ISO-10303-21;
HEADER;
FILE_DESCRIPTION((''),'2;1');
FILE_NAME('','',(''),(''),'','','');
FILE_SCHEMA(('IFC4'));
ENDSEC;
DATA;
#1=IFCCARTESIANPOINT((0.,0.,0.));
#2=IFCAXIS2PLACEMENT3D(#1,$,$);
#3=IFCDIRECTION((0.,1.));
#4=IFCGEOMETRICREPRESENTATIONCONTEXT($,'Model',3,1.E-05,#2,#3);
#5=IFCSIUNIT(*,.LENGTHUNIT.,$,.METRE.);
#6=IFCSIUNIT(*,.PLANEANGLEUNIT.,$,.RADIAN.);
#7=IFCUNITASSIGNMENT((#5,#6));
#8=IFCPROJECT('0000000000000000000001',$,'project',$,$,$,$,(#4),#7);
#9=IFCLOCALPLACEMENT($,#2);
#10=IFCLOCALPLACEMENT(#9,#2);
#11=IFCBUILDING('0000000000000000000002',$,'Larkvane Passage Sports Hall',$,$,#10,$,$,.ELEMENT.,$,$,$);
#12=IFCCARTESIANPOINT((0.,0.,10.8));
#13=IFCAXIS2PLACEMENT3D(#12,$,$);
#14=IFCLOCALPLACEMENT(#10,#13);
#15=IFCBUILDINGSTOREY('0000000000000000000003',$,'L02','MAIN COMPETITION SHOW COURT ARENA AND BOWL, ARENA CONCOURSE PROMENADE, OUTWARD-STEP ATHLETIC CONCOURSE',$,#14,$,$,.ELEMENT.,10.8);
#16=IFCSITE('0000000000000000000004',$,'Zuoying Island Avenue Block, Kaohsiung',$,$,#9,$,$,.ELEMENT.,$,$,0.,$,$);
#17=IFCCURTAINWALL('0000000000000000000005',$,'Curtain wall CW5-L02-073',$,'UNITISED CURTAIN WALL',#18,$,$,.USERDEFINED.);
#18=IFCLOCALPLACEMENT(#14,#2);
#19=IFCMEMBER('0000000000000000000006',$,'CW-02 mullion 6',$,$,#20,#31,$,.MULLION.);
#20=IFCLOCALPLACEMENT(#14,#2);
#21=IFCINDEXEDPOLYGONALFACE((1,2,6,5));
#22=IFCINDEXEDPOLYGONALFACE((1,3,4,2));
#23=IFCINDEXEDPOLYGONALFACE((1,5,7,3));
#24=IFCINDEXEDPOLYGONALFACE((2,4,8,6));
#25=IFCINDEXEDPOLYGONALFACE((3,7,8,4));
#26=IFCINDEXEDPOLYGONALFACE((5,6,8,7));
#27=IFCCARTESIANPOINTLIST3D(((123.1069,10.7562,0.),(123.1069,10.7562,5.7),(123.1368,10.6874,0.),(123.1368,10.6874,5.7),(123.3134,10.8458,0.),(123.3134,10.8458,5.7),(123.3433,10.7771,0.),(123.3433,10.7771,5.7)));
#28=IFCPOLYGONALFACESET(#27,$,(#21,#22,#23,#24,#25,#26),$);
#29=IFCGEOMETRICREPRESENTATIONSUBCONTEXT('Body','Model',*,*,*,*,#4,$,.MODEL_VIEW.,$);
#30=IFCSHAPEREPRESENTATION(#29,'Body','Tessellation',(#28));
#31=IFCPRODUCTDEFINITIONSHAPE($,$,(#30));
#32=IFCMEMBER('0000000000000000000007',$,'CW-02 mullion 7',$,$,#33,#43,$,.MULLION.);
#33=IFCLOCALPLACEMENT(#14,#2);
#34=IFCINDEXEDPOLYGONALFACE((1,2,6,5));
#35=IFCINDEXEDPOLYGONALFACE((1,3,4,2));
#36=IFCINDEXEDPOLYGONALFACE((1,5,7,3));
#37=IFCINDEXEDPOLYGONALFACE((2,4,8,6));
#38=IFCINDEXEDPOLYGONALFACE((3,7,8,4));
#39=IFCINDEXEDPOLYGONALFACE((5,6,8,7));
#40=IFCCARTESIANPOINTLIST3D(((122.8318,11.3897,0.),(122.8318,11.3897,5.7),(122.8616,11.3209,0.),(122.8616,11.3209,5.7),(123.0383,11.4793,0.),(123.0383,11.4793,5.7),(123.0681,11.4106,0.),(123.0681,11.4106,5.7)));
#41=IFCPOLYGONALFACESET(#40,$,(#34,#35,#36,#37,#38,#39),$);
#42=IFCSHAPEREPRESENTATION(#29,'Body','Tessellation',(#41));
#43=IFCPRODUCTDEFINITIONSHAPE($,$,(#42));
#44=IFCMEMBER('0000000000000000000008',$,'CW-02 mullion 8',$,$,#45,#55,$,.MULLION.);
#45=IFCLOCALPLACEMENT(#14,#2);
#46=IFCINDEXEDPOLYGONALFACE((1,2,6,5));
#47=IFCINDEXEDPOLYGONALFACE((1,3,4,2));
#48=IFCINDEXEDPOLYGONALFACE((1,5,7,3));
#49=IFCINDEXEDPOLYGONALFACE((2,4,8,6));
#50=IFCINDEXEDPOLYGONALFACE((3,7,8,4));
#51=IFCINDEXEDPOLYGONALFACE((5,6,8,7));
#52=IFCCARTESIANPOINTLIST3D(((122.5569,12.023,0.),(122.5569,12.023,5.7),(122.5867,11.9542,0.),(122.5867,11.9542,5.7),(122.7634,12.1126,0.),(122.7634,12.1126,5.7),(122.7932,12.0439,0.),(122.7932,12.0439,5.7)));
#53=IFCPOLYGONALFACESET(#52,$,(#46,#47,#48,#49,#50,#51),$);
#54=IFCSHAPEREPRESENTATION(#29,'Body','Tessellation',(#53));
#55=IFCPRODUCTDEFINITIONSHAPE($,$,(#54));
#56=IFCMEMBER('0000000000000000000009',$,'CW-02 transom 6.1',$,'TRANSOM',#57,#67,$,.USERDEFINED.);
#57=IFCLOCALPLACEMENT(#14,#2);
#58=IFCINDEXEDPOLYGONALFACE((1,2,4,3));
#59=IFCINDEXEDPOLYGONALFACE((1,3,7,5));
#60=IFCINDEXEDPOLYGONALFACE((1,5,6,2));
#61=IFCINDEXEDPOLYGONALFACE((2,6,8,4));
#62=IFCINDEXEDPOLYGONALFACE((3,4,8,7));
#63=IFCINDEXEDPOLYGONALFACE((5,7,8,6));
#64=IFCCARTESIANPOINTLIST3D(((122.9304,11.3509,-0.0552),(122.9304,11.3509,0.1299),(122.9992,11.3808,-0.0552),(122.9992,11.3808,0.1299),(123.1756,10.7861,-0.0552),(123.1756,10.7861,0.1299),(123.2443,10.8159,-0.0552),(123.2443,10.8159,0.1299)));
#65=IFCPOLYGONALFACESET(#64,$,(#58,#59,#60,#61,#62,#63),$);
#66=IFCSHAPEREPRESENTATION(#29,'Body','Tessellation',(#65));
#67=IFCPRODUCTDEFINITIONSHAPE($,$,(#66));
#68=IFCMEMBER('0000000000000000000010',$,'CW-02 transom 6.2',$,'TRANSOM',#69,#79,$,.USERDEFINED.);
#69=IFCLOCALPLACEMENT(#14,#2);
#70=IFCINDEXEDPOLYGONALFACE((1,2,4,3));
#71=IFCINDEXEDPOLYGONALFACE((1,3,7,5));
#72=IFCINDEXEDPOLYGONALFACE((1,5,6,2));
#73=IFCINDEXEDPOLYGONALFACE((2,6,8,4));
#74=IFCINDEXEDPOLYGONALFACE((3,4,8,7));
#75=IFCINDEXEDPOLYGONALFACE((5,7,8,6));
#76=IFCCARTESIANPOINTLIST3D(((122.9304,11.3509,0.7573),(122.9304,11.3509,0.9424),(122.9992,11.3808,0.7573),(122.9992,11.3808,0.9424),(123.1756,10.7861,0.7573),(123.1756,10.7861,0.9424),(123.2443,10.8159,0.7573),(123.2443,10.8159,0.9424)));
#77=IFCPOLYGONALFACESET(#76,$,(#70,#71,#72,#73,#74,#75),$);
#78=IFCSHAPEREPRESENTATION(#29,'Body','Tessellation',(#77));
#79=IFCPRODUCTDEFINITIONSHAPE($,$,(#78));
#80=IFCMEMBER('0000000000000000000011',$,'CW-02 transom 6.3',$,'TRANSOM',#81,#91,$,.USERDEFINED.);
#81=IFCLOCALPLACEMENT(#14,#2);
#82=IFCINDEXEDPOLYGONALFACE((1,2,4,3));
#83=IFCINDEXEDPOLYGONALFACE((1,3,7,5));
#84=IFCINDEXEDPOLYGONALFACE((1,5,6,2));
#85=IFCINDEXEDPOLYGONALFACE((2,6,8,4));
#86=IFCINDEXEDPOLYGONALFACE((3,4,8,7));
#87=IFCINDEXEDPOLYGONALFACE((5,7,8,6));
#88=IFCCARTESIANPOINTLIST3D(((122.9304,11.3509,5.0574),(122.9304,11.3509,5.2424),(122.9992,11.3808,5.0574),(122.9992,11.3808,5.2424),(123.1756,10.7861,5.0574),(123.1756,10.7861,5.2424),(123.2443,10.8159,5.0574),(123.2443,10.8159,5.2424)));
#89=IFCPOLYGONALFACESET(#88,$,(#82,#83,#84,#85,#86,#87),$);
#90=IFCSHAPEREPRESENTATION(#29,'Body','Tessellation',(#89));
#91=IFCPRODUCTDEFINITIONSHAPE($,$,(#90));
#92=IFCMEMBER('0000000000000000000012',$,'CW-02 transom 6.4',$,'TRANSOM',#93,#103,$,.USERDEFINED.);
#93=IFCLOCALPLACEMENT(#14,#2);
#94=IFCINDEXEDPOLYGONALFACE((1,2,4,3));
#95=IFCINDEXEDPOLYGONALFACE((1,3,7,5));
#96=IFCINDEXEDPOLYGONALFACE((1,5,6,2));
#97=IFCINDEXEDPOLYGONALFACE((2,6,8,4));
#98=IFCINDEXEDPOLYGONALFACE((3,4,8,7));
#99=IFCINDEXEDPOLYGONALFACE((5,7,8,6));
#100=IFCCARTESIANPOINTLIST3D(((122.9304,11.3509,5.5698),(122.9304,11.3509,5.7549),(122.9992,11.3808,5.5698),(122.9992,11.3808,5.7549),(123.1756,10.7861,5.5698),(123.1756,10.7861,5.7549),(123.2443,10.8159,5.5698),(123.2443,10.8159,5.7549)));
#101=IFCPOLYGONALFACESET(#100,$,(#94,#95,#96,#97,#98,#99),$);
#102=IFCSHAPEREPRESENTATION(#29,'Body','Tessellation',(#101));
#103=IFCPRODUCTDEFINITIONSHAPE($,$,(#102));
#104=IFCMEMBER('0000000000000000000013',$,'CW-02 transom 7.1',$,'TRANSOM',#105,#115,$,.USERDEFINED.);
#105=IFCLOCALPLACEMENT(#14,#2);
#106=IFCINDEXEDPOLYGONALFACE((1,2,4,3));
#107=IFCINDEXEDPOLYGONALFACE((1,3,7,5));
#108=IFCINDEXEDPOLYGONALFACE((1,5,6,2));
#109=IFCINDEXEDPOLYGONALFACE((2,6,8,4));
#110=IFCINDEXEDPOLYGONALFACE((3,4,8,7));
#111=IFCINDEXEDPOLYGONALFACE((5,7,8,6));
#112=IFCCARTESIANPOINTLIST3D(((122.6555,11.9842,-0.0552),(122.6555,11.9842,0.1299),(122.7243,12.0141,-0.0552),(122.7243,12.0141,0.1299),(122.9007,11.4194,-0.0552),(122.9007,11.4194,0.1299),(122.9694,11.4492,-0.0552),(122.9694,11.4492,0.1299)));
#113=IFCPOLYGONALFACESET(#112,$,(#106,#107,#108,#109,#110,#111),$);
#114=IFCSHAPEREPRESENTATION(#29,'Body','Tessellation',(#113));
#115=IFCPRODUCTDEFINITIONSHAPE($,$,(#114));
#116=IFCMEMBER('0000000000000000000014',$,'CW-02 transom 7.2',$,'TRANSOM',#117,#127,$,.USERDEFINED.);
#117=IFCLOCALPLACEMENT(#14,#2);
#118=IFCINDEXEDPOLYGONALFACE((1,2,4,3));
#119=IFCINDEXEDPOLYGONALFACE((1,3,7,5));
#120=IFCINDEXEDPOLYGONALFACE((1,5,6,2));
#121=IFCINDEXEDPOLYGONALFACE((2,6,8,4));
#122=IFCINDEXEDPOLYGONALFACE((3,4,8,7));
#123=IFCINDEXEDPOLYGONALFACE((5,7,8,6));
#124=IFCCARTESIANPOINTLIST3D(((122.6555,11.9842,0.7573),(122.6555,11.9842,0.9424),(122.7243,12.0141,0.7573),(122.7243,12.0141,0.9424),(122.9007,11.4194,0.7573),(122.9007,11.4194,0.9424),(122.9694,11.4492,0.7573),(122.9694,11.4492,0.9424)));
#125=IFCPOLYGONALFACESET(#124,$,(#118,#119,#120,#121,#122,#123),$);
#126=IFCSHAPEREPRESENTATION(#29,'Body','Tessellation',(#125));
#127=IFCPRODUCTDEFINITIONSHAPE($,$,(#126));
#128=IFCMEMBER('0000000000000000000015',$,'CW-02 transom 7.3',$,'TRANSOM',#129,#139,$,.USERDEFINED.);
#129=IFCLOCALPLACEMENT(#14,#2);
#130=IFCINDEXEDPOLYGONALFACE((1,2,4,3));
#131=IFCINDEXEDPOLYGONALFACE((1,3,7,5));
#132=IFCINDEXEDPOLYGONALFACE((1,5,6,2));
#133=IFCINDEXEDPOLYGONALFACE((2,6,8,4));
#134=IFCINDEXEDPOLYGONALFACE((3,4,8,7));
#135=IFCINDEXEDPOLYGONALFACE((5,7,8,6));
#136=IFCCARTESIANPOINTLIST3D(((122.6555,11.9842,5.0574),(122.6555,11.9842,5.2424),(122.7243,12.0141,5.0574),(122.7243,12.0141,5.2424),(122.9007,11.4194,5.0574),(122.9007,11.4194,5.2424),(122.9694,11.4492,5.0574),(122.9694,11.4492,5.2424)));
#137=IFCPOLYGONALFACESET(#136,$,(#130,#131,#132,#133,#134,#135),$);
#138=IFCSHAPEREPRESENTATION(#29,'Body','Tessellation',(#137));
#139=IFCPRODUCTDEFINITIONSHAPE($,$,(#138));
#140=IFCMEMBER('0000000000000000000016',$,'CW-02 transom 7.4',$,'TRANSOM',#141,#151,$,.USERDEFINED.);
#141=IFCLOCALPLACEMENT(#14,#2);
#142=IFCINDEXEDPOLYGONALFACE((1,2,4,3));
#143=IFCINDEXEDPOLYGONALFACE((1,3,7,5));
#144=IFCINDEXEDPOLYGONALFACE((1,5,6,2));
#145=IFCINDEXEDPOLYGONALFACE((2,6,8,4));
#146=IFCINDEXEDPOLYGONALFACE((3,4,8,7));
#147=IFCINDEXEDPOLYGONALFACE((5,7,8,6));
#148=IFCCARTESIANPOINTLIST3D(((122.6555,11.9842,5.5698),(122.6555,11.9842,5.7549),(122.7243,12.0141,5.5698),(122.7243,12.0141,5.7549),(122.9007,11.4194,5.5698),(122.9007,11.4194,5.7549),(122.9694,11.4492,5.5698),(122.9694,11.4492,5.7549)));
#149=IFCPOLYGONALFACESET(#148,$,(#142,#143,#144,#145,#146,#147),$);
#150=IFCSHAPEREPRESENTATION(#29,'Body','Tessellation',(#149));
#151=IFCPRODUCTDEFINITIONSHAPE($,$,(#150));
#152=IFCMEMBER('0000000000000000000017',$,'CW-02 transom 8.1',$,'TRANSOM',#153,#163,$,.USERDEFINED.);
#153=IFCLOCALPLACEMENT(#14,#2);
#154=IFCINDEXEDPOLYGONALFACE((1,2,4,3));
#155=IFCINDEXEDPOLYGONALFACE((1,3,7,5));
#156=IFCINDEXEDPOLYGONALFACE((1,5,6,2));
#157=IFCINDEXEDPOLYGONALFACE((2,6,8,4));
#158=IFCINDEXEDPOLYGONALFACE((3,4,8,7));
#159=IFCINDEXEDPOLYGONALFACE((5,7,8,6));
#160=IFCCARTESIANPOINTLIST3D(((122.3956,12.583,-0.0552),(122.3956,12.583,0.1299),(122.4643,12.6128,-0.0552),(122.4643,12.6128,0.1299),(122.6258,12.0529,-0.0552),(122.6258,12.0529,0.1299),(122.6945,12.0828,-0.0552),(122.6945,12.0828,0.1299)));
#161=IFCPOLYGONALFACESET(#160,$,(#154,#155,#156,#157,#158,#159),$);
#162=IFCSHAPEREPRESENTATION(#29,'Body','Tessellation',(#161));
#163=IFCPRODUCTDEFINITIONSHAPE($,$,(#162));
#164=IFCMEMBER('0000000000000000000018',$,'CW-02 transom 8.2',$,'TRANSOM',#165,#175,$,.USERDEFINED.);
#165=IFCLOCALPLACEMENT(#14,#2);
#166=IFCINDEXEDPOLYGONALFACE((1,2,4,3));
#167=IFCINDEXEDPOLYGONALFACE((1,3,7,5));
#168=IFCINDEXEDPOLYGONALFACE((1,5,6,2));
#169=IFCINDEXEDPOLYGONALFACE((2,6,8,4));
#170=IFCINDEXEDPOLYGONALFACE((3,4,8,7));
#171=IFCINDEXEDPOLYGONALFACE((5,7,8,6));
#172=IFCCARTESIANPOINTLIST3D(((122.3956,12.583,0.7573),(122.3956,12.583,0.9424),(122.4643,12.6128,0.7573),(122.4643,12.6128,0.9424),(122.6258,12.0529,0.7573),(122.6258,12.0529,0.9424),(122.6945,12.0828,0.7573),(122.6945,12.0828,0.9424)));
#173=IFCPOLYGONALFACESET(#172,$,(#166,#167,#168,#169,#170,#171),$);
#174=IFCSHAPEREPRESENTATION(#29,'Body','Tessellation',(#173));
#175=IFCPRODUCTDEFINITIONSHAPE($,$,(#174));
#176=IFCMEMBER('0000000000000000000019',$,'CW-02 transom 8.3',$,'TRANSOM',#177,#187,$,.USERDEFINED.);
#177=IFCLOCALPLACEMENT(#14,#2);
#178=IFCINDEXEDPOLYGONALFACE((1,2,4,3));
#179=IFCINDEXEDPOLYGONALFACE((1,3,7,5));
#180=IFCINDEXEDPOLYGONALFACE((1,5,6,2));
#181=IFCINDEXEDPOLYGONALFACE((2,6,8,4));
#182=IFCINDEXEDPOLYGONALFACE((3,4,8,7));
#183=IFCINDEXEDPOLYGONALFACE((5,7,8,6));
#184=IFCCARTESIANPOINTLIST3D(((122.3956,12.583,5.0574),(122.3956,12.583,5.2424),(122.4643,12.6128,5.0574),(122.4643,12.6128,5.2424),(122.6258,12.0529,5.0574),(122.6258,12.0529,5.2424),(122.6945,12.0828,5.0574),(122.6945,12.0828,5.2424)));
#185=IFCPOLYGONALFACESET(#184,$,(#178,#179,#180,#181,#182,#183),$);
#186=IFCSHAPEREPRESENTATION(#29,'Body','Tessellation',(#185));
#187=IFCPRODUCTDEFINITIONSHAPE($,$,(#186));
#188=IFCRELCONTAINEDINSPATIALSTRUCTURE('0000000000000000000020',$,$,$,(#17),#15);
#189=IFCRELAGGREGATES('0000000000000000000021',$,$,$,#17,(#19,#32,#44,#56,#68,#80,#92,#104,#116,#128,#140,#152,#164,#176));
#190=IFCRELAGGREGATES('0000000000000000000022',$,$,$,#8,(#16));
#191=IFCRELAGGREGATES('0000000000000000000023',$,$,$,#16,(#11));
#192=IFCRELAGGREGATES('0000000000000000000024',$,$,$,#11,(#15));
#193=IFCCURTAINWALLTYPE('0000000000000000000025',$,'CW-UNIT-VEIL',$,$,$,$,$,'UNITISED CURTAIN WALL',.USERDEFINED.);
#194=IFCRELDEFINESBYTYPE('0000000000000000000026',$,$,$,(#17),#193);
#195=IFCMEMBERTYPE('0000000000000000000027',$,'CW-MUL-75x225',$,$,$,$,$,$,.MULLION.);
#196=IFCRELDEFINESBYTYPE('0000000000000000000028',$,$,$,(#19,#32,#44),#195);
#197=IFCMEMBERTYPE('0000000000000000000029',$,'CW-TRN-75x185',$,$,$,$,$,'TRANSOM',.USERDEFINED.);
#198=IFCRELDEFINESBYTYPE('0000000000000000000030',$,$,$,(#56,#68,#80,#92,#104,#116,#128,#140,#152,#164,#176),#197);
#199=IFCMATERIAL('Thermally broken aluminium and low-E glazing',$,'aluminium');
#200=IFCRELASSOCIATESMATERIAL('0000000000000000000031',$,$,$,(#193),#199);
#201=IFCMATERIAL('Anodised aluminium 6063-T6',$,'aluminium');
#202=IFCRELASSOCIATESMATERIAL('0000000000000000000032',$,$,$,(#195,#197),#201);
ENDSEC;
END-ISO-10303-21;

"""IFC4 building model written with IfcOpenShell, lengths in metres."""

from ifc_helpers import new_model, si_unit, direction, frame, origin, origin_2d, place, context, subcontext, project, spatial, rectangle, extrude, material, material_profile, profile_set, type_object, element, aggregate, save


model = new_model("IFC4")

# Units and contexts
model_context = context("Model", 3, precision=1e-05, world=origin(), true_north=direction((0.0, 1.0)))
body_context = subcontext(model_context, "Body", "Model", "MODEL_VIEW")
ifc_project = project(units=[si_unit("LENGTHUNIT", "METRE"), si_unit("PLANEANGLEUNIT", "RADIAN")], contexts=[model_context])

# Site, building, storey
site_placement = place(None, origin())
site = spatial("IfcSite", under=ifc_project, at=site_placement, Name="Zuoying Island Avenue Block, Kaohsiung", CompositionType="ELEMENT", RefElevation=0.0)
building_placement = place(site_placement, origin())
building = spatial("IfcBuilding", under=site, at=building_placement, Name="Larkvane Passage Sports Hall", CompositionType="ELEMENT")
storey_placement = place(building_placement, frame((0.0, 0.0, 10.8)))
storey = spatial("IfcBuildingStorey", under=building, at=storey_placement, Name="L02", Description="MAIN COMPETITION SHOW COURT ARENA AND BOWL, ARENA CONCOURSE PROMENADE, OUTWARD-STEP ATHLETIC CONCOURSE", CompositionType="ELEMENT", Elevation=10.8)

# Curtain wall, members
ifc_material_1 = material(Name="Thermally broken aluminium and low-E glazing", Category="aluminium")
curtain_wall_type = type_object("IfcCurtainWallType", Name="CW-UNIT-VEIL", ElementType="UNITISED CURTAIN WALL", PredefinedType="USERDEFINED", material=ifc_material_1)
curtain_wall_placement = place(storey_placement, origin())
curtain_wall = element("IfcCurtainWall", 1, at=curtain_wall_placement, inside=storey, type_object=curtain_wall_type, Name="Curtain wall CW5-L02-073", ObjectType="UNITISED CURTAIN WALL", PredefinedType="USERDEFINED")
ifc_material_2 = material(Name="Anodised aluminium 6063-T6", Category="aluminium")
ifc_material_profile_1 = material_profile(ifc_material_2, rectangle(XDim=0.075, YDim=0.2251, at=origin_2d()), Name="ALU-MUL-75x225")
ifc_profile_set_1 = profile_set([ifc_material_profile_1], Name="Anodised aluminium 6063-T6")
member_type_1 = type_object("IfcMemberType", Name="CW-MUL-75x225", PredefinedType="MULLION", material=ifc_profile_set_1)
member_1_placement = place(storey_placement, frame((123.2251, 10.7666, 0.0), z_axis=(0.0, 0.0, 1.0), x_axis=(-0.398283, 0.917263, 0.0)))
member_1 = element("IfcMember", 2, at=member_1_placement, type_object=member_type_1, Name="CW-02 mullion 6", PredefinedType="MULLION", context=body_context, shape_type="SweptSolid", body=[
    extrude(rectangle(XDim=0.075, YDim=0.2251, at=origin_2d()), origin(), (0.0, 0.0, 1.0), 5.7),
])
member_2_placement = place(storey_placement, frame((122.95, 11.4001, 0.0), z_axis=(0.0, 0.0, 1.0), x_axis=(-0.398283, 0.917263, 0.0)))
member_2 = element("IfcMember", 3, at=member_2_placement, type_object=member_type_1, Name="CW-02 mullion 7", PredefinedType="MULLION", context=body_context, shape_type="SweptSolid", body=[
    extrude(rectangle(XDim=0.075, YDim=0.2251, at=origin_2d()), origin(), (0.0, 0.0, 1.0), 5.7),
])
member_3_placement = place(storey_placement, frame((122.675, 12.0334, 0.0), z_axis=(0.0, 0.0, 1.0), x_axis=(-0.398283, 0.917263, 0.0)))
member_3 = element("IfcMember", 4, at=member_3_placement, type_object=member_type_1, Name="CW-02 mullion 8", PredefinedType="MULLION", context=body_context, shape_type="SweptSolid", body=[
    extrude(rectangle(XDim=0.075, YDim=0.2251, at=origin_2d()), origin(), (0.0, 0.0, 1.0), 5.7),
])
ifc_material_profile_2 = material_profile(ifc_material_2, rectangle(XDim=0.075, YDim=0.1851, at=origin_2d()), Name="ALU-TRN-75x185")
ifc_profile_set_2 = profile_set([ifc_material_profile_2], Name="Anodised aluminium 6063-T6")
member_type_2 = type_object("IfcMemberType", Name="CW-TRN-75x185", ElementType="TRANSOM", PredefinedType="USERDEFINED", material=ifc_profile_set_2)
member_4_placement = place(storey_placement, frame((123.21, 10.801, 0.0374), z_axis=(-0.398175, 0.917309, 0.0), x_axis=(-0.917309, -0.398175, 0.0)))
member_4 = element("IfcMember", 5, at=member_4_placement, type_object=member_type_2, Name="CW-02 transom 6.1", ObjectType="TRANSOM", PredefinedType="USERDEFINED", context=body_context, shape_type="SweptSolid", body=[
    extrude(rectangle(XDim=0.075, YDim=0.1851, at=origin_2d()), origin(), (0.0, 0.0, 1.0), 0.6157),
])
member_5_placement = place(storey_placement, frame((123.21, 10.801, 0.8499), z_axis=(-0.398175, 0.917309, 0.0), x_axis=(-0.917309, -0.398175, 0.0)))
member_5 = element("IfcMember", 6, at=member_5_placement, type_object=member_type_2, Name="CW-02 transom 6.2", ObjectType="TRANSOM", PredefinedType="USERDEFINED", context=body_context, shape_type="SweptSolid", body=[
    extrude(rectangle(XDim=0.075, YDim=0.1851, at=origin_2d()), origin(), (0.0, 0.0, 1.0), 0.6157),
])
member_6_placement = place(storey_placement, frame((123.21, 10.801, 5.1499), z_axis=(-0.398175, 0.917309, 0.0), x_axis=(-0.917309, -0.398175, 0.0)))
member_6 = element("IfcMember", 7, at=member_6_placement, type_object=member_type_2, Name="CW-02 transom 6.3", ObjectType="TRANSOM", PredefinedType="USERDEFINED", context=body_context, shape_type="SweptSolid", body=[
    extrude(rectangle(XDim=0.075, YDim=0.1851, at=origin_2d()), origin(), (0.0, 0.0, 1.0), 0.6157),
])
member_7_placement = place(storey_placement, frame((123.21, 10.801, 5.6624), z_axis=(-0.398175, 0.917309, 0.0), x_axis=(-0.917309, -0.398175, 0.0)))
member_7 = element("IfcMember", 8, at=member_7_placement, type_object=member_type_2, Name="CW-02 transom 6.4", ObjectType="TRANSOM", PredefinedType="USERDEFINED", context=body_context, shape_type="SweptSolid", body=[
    extrude(rectangle(XDim=0.075, YDim=0.1851, at=origin_2d()), origin(), (0.0, 0.0, 1.0), 0.6157),
])
member_8_placement = place(storey_placement, frame((122.9351, 11.4343, 0.0374), z_axis=(-0.398175, 0.917309, 0.0), x_axis=(-0.917309, -0.398175, 0.0)))
member_8 = element("IfcMember", 9, at=member_8_placement, type_object=member_type_2, Name="CW-02 transom 7.1", ObjectType="TRANSOM", PredefinedType="USERDEFINED", context=body_context, shape_type="SweptSolid", body=[
    extrude(rectangle(XDim=0.075, YDim=0.1851, at=origin_2d()), origin(), (0.0, 0.0, 1.0), 0.6157),
])
member_9_placement = place(storey_placement, frame((122.9351, 11.4343, 0.8499), z_axis=(-0.398175, 0.917309, 0.0), x_axis=(-0.917309, -0.398175, 0.0)))
member_9 = element("IfcMember", 10, at=member_9_placement, type_object=member_type_2, Name="CW-02 transom 7.2", ObjectType="TRANSOM", PredefinedType="USERDEFINED", context=body_context, shape_type="SweptSolid", body=[
    extrude(rectangle(XDim=0.075, YDim=0.1851, at=origin_2d()), origin(), (0.0, 0.0, 1.0), 0.6157),
])
member_10_placement = place(storey_placement, frame((122.9351, 11.4343, 5.1499), z_axis=(-0.398175, 0.917309, 0.0), x_axis=(-0.917309, -0.398175, 0.0)))
member_10 = element("IfcMember", 11, at=member_10_placement, type_object=member_type_2, Name="CW-02 transom 7.3", ObjectType="TRANSOM", PredefinedType="USERDEFINED", context=body_context, shape_type="SweptSolid", body=[
    extrude(rectangle(XDim=0.075, YDim=0.1851, at=origin_2d()), origin(), (0.0, 0.0, 1.0), 0.6157),
])
member_11_placement = place(storey_placement, frame((122.9351, 11.4343, 5.6624), z_axis=(-0.398175, 0.917309, 0.0), x_axis=(-0.917309, -0.398175, 0.0)))
member_11 = element("IfcMember", 12, at=member_11_placement, type_object=member_type_2, Name="CW-02 transom 7.4", ObjectType="TRANSOM", PredefinedType="USERDEFINED", context=body_context, shape_type="SweptSolid", body=[
    extrude(rectangle(XDim=0.075, YDim=0.1851, at=origin_2d()), origin(), (0.0, 0.0, 1.0), 0.6157),
])
member_12_placement = place(storey_placement, frame((122.6602, 12.0679, 0.0374), z_axis=(-0.398402, 0.917211, 0.0), x_axis=(-0.917211, -0.398402, 0.0)))
member_12 = element("IfcMember", 13, at=member_12_placement, type_object=member_type_2, Name="CW-02 transom 8.1", ObjectType="TRANSOM", PredefinedType="USERDEFINED", context=body_context, shape_type="SweptSolid", body=[
    extrude(rectangle(XDim=0.075, YDim=0.1851, at=origin_2d()), origin(), (0.0, 0.0, 1.0), 0.5779),
])
member_13_placement = place(storey_placement, frame((122.6602, 12.0679, 0.8499), z_axis=(-0.398402, 0.917211, 0.0), x_axis=(-0.917211, -0.398402, 0.0)))
member_13 = element("IfcMember", 14, at=member_13_placement, type_object=member_type_2, Name="CW-02 transom 8.2", ObjectType="TRANSOM", PredefinedType="USERDEFINED", context=body_context, shape_type="SweptSolid", body=[
    extrude(rectangle(XDim=0.075, YDim=0.1851, at=origin_2d()), origin(), (0.0, 0.0, 1.0), 0.5779),
])
member_14_placement = place(storey_placement, frame((122.6602, 12.0679, 5.1499), z_axis=(-0.398402, 0.917211, 0.0), x_axis=(-0.917211, -0.398402, 0.0)))
member_14 = element("IfcMember", 15, at=member_14_placement, type_object=member_type_2, Name="CW-02 transom 8.3", ObjectType="TRANSOM", PredefinedType="USERDEFINED", context=body_context, shape_type="SweptSolid", body=[
    extrude(rectangle(XDim=0.075, YDim=0.1851, at=origin_2d()), origin(), (0.0, 0.0, 1.0), 0.5779),
])
aggregate(curtain_wall, [member_1, member_2, member_3, member_4, member_5, member_6, member_7, member_8, member_9, member_10, member_11, member_12, member_13, member_14])

save(model, "model.ifc")
